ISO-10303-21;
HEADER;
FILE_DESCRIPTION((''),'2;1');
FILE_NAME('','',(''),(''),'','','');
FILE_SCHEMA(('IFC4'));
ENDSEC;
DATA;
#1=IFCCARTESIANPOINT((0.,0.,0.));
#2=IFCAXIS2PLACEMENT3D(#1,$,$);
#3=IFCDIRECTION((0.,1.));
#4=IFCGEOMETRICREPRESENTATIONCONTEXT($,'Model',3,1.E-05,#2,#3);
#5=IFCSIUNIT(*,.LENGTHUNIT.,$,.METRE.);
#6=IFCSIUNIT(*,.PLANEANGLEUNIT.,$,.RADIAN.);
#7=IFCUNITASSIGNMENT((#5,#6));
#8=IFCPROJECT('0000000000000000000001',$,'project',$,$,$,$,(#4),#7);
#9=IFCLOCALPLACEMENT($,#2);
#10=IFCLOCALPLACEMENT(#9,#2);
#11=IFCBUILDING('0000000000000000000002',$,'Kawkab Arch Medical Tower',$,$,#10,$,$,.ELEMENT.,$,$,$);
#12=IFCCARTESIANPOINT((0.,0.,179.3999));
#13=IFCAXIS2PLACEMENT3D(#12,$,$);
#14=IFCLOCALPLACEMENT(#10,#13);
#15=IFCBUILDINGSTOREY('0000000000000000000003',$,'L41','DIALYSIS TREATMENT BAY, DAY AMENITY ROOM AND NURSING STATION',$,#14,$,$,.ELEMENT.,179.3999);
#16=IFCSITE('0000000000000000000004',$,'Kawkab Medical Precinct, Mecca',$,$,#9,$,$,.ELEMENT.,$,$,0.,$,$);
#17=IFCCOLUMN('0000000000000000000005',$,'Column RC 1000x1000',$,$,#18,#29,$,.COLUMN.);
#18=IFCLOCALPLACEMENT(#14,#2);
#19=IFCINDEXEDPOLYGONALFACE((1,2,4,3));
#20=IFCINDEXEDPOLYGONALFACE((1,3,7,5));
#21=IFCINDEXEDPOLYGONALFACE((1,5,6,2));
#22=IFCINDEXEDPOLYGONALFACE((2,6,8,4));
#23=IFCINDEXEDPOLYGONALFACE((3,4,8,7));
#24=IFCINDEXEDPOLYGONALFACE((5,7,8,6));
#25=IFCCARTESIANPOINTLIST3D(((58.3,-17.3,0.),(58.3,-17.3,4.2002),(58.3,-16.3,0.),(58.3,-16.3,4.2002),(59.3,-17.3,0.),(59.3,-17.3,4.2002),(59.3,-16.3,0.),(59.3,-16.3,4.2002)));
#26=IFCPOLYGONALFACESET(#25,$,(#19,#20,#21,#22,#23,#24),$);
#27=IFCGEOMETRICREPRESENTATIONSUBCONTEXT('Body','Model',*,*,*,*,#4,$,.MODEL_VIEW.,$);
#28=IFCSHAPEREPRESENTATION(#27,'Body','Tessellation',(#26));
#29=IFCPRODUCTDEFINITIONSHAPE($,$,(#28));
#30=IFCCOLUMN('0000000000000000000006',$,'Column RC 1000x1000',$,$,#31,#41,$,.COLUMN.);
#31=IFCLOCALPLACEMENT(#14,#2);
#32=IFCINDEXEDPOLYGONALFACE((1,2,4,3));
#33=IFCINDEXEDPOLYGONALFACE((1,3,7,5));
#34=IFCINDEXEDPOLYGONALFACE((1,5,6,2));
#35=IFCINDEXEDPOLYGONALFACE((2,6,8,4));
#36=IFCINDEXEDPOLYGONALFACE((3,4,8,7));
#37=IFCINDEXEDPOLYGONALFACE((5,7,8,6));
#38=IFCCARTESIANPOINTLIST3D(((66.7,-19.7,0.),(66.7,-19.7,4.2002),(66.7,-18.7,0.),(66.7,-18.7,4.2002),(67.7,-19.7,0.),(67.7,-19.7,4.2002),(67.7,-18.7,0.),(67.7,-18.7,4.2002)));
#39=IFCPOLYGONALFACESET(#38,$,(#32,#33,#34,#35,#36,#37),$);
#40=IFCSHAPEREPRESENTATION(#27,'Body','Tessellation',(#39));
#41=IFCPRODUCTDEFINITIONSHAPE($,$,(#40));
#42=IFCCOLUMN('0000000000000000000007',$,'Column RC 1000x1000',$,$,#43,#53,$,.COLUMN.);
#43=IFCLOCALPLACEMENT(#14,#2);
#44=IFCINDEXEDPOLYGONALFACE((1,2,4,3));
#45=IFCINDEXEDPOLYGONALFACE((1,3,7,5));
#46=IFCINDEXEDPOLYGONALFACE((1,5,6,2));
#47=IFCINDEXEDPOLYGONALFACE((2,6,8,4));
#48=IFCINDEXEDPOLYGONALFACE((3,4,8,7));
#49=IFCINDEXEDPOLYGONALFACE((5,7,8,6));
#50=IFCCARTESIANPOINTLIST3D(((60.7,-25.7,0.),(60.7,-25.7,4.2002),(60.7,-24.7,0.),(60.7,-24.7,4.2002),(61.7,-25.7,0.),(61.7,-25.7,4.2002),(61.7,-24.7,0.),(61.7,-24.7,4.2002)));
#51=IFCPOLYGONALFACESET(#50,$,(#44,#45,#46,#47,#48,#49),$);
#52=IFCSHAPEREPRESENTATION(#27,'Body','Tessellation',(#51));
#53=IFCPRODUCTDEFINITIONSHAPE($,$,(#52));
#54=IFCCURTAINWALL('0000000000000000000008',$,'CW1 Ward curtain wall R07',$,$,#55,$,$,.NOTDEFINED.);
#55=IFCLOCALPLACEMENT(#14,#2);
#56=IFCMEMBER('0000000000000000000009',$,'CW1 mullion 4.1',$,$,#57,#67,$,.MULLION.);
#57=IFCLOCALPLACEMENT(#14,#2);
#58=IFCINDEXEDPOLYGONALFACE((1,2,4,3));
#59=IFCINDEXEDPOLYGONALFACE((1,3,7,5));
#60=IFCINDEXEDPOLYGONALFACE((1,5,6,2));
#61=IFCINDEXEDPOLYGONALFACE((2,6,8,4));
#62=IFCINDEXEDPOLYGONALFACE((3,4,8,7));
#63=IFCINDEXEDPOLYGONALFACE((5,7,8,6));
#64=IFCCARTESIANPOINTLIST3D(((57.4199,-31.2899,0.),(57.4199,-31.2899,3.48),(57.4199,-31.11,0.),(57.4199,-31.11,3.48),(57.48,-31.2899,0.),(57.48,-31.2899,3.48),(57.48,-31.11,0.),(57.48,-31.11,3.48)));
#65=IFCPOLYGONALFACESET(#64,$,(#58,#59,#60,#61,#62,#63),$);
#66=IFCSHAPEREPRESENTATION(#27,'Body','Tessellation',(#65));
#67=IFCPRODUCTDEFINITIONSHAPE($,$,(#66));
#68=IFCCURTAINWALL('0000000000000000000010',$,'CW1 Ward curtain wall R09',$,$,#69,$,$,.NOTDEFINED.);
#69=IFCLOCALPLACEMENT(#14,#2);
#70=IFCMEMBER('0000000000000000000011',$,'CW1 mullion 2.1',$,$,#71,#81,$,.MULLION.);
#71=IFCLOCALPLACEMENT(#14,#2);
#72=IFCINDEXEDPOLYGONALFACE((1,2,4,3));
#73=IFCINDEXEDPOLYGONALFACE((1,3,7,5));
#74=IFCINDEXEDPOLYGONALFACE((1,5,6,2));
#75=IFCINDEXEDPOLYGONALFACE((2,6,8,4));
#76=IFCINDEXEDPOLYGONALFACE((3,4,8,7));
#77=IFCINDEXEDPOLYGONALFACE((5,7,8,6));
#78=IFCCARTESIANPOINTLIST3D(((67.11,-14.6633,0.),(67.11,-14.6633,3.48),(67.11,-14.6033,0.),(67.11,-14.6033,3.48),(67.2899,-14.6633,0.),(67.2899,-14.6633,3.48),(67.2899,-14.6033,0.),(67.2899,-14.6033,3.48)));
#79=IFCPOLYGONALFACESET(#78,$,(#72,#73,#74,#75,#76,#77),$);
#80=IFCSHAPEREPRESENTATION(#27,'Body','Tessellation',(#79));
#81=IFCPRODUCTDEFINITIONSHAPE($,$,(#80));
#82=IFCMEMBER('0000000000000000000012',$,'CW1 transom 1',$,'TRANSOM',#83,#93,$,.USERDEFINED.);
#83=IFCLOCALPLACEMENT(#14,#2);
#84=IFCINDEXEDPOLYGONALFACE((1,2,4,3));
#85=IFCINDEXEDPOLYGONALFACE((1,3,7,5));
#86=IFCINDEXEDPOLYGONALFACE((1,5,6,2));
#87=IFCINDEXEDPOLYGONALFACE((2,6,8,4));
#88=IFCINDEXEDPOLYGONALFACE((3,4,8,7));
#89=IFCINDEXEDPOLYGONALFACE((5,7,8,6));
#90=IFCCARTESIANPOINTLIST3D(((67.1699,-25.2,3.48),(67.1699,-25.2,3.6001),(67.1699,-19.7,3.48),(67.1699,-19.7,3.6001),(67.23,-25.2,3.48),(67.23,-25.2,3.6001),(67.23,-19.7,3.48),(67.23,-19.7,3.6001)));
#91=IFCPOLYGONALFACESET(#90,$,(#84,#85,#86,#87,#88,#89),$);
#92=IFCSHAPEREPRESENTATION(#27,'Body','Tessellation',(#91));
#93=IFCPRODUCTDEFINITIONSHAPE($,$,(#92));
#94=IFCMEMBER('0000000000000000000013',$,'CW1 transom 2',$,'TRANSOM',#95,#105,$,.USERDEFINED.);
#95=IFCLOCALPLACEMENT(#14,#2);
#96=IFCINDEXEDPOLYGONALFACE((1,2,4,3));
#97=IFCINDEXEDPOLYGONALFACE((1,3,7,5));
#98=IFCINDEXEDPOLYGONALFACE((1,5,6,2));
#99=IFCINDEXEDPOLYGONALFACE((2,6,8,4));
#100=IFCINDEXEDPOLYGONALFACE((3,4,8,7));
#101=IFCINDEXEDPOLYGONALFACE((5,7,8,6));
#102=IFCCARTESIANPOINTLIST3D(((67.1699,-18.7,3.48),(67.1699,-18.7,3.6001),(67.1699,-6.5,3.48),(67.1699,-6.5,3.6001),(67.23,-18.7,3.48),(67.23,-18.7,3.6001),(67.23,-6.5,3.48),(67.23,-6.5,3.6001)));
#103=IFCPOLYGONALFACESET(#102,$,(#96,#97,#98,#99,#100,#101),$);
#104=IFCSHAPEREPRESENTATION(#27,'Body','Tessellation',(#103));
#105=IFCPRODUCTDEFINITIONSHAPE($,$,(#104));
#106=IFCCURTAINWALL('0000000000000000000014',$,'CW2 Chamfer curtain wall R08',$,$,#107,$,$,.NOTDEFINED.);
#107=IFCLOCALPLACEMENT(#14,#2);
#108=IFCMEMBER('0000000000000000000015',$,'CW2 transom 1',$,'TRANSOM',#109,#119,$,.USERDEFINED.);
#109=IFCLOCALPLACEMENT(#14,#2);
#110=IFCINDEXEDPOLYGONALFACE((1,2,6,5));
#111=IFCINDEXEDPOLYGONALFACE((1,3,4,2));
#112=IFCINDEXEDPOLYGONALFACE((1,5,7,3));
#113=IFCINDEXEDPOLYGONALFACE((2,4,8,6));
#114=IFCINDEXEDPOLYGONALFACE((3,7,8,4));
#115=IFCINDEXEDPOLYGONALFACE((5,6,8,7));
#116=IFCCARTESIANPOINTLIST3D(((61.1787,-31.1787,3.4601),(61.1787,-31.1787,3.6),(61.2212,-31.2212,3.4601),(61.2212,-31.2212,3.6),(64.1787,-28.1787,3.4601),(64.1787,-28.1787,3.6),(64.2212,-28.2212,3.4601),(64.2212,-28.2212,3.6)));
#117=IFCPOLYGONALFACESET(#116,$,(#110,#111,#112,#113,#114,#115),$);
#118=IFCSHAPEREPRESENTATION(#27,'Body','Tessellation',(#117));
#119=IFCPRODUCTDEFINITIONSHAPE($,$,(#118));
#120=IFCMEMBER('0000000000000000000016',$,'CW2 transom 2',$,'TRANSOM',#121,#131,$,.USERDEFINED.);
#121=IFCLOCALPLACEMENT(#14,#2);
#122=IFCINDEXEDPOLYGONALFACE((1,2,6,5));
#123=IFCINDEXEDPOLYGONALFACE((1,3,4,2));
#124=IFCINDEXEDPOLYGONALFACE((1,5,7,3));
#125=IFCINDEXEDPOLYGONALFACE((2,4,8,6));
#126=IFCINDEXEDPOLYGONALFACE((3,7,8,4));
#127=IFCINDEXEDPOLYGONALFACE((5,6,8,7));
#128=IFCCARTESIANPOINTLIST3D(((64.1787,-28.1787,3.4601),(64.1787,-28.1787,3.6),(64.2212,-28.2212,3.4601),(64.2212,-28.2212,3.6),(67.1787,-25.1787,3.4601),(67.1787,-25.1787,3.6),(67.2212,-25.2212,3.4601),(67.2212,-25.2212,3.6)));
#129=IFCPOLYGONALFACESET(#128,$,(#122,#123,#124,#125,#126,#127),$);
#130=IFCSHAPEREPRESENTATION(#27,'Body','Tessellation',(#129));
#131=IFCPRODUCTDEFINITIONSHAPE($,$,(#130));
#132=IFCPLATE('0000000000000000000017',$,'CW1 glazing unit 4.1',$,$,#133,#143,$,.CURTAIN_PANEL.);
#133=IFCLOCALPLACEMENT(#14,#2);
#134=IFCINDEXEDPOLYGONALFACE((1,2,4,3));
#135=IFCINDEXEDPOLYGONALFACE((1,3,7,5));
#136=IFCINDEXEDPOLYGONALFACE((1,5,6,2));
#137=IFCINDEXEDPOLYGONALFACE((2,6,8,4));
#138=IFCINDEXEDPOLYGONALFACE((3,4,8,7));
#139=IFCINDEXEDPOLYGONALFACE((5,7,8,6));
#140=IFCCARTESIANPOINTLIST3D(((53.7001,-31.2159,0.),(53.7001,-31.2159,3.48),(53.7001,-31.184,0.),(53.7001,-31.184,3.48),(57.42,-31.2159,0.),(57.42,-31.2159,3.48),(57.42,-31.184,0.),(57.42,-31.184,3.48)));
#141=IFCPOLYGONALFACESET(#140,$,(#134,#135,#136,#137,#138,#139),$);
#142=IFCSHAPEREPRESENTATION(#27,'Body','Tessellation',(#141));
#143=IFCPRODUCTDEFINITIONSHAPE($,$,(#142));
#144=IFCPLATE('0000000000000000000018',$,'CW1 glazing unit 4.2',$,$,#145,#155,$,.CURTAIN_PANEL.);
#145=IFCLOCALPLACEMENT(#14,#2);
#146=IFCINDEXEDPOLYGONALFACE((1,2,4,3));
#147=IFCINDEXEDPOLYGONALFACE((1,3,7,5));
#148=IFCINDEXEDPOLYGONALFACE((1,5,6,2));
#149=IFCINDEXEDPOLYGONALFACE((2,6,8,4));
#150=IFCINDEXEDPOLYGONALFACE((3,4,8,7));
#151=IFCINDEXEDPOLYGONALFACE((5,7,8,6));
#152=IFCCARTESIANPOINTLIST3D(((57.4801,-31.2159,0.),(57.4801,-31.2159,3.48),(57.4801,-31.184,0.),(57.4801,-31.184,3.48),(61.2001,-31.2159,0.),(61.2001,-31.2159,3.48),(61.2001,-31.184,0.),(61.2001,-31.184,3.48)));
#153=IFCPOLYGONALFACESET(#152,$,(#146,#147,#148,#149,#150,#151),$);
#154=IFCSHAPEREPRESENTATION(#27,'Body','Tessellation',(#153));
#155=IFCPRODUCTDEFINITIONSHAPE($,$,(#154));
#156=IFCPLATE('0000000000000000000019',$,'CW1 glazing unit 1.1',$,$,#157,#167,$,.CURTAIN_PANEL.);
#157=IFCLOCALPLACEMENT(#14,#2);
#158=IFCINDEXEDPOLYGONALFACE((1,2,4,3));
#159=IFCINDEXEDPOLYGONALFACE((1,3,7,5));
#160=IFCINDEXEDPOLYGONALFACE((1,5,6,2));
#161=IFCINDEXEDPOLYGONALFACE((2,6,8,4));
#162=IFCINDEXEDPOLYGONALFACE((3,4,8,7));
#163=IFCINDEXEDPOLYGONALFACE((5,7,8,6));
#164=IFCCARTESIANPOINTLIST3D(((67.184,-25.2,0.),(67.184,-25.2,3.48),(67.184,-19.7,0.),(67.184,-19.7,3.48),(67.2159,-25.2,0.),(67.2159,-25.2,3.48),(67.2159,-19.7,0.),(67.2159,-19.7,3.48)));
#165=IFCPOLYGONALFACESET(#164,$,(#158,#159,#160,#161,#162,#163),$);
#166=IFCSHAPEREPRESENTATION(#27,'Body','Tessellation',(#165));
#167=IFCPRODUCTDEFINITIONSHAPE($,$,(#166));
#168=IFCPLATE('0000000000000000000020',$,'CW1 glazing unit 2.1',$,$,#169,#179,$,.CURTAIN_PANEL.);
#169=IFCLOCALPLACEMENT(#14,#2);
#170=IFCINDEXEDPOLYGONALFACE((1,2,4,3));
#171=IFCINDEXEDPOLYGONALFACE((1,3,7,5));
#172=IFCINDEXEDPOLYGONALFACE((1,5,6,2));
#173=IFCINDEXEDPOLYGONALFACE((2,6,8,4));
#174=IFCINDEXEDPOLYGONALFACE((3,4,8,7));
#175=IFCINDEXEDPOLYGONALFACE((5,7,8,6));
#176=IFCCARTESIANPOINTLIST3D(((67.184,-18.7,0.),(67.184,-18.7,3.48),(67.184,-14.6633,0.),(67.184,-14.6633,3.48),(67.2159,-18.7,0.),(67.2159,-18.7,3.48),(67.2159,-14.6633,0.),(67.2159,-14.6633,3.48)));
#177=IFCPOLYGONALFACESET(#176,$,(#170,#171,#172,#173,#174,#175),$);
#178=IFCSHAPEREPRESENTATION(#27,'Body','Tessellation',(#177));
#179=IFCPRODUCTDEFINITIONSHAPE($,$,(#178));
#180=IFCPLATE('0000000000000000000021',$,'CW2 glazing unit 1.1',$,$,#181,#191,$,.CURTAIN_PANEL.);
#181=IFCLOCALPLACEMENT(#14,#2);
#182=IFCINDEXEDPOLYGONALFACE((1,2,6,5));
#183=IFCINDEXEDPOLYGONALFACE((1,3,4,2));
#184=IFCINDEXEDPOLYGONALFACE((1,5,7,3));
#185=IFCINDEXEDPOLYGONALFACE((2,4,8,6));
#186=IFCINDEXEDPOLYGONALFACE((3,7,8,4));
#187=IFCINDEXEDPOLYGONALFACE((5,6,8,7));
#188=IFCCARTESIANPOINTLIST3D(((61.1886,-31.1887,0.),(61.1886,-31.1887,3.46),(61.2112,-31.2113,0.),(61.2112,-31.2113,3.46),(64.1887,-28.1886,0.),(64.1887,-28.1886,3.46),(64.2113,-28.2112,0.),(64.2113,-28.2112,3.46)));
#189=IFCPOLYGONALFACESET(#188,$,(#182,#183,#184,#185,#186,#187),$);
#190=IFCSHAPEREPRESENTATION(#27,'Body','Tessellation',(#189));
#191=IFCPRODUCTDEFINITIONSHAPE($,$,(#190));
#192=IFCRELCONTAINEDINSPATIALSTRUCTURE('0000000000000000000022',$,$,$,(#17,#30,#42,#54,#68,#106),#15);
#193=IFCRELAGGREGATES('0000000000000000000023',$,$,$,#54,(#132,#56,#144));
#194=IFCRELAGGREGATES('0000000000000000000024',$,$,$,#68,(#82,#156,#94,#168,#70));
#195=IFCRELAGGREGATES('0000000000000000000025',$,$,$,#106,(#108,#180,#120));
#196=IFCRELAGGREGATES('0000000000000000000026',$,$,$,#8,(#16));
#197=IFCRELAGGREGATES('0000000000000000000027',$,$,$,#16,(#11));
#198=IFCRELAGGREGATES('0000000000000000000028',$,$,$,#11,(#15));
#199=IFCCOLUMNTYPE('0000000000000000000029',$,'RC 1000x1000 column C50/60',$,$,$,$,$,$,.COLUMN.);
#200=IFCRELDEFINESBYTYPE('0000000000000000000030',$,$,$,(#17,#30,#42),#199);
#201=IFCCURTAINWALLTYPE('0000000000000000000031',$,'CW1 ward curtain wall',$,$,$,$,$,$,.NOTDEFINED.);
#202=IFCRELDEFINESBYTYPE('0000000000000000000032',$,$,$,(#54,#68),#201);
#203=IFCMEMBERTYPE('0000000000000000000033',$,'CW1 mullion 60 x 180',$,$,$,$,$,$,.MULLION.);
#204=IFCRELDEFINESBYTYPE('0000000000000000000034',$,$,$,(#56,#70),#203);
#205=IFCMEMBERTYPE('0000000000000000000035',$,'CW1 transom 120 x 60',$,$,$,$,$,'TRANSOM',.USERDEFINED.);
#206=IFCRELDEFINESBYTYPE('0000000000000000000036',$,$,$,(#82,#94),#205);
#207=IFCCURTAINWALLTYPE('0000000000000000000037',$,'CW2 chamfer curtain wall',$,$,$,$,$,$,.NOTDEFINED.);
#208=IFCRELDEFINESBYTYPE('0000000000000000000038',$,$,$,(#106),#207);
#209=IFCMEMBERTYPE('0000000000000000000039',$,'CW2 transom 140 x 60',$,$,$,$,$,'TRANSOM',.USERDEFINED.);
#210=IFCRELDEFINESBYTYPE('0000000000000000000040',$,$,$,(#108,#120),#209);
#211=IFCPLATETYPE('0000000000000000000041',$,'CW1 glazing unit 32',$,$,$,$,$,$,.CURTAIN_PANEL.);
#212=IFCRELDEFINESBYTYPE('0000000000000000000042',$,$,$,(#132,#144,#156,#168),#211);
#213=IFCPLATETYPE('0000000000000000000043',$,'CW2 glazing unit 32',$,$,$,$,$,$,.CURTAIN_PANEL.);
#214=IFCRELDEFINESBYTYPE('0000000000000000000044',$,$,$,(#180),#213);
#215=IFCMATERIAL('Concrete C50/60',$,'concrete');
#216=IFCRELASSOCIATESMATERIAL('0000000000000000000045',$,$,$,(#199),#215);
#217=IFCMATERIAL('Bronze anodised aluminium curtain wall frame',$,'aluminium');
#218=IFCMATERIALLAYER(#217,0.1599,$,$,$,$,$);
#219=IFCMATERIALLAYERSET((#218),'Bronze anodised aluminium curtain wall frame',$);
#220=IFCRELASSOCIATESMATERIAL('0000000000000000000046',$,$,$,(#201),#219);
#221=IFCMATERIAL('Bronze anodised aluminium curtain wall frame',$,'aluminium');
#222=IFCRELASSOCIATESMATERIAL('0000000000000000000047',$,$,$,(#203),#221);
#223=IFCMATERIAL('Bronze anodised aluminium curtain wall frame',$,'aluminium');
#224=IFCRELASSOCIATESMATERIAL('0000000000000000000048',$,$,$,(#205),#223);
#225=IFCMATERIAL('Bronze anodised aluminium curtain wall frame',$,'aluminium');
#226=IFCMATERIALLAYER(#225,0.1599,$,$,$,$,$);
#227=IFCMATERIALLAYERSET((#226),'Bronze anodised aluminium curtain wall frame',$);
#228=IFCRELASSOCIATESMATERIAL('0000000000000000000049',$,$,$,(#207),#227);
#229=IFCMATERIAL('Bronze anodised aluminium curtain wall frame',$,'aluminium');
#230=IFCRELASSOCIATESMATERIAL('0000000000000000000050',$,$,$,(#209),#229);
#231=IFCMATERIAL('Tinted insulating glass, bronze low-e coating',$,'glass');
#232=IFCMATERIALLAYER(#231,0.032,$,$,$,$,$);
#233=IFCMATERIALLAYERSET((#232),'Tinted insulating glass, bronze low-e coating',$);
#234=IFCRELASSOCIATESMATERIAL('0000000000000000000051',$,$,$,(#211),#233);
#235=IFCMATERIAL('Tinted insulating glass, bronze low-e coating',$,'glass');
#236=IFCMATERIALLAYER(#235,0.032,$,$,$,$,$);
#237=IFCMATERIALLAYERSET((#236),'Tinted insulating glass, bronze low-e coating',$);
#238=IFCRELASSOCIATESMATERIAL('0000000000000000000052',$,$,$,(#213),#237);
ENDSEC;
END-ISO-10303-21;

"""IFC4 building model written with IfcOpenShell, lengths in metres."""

from ifc_helpers import new_model, si_unit, direction, frame, origin, origin_2d, place, context, subcontext, project, spatial, rectangle, extrude, material, layer, layer_set, material_profile, profile_set, type_object, element, aggregate, save


model = new_model("IFC4")

# Units and contexts
model_context = context("Model", 3, precision=1e-05, world=origin(), true_north=direction((0.0, 1.0)))
body_context = subcontext(model_context, "Body", "Model", "MODEL_VIEW")
ifc_project = project(units=[si_unit("LENGTHUNIT", "METRE"), si_unit("PLANEANGLEUNIT", "RADIAN")], contexts=[model_context])

# Site, building, storey
site_placement = place(None, origin())
site = spatial("IfcSite", under=ifc_project, at=site_placement, Name="Kawkab Medical Precinct, Mecca", CompositionType="ELEMENT", RefElevation=0.0)
building_placement = place(site_placement, origin())
building = spatial("IfcBuilding", under=site, at=building_placement, Name="Kawkab Arch Medical Tower", CompositionType="ELEMENT")
storey_placement = place(building_placement, frame((0.0, 0.0, 179.3999)))
storey = spatial("IfcBuildingStorey", under=building, at=storey_placement, Name="L41", Description="DIALYSIS TREATMENT BAY, DAY AMENITY ROOM AND NURSING STATION", CompositionType="ELEMENT", Elevation=179.3999)

# Columns
ifc_material_1 = material(Name="Concrete C50/60", Category="concrete")
ifc_material_profile_1 = material_profile(ifc_material_1, rectangle(XDim=1.0, YDim=1.0, at=origin_2d()), Name="RC 1000x1000")
ifc_profile_set_1 = profile_set([ifc_material_profile_1], Name="Concrete C50/60")
column_type = type_object("IfcColumnType", Name="RC 1000x1000 column C50/60", PredefinedType="COLUMN", material=ifc_profile_set_1)
for number, where, z_axis, x_axis, name in (
    (1, (58.8, -16.8, 0.0), (0.0, 0.0, 1.0), (1.0, 0.0, 0.0), "Column RC 1000x1000"),
    (2, (67.2, -19.2, 0.0), (0.0, 0.0, 1.0), (1.0, 0.0, 0.0), "Column RC 1000x1000"),
    (3, (61.2, -25.2, 0.0), (0.0, 0.0, 1.0), (1.0, 0.0, 0.0), "Column RC 1000x1000"),
):
    element("IfcColumn", number, at=place(storey_placement, frame(where, z_axis=z_axis, x_axis=x_axis)), inside=storey, type_object=column_type, Name=name, PredefinedType="COLUMN", context=body_context, shape_type="SweptSolid", body=[
        extrude(rectangle(XDim=1.0, YDim=1.0, at=origin_2d()), origin(), (0.0, 0.0, 1.0), 4.2002),
    ])

# Curtain wall, member
ifc_material_2 = material(Name="Bronze anodised aluminium curtain wall frame", Category="aluminium")
ifc_layer_1 = layer(ifc_material_2, 0.1599)
ifc_layer_set_1 = layer_set([ifc_layer_1], Name="Bronze anodised aluminium curtain wall frame")
curtain_wall_type_1 = type_object("IfcCurtainWallType", Name="CW1 ward curtain wall", PredefinedType="NOTDEFINED", material=ifc_layer_set_1)
placement = place(storey_placement, origin())
curtain_wall_1 = element("IfcCurtainWall", 4, at=placement, inside=storey, type_object=curtain_wall_type_1, Name="CW1 Ward curtain wall R07", PredefinedType="NOTDEFINED")
ifc_material_3 = material(Name="Bronze anodised aluminium curtain wall frame", Category="aluminium")
ifc_material_profile_2 = material_profile(ifc_material_3, rectangle(XDim=0.1799, YDim=0.0601, at=origin_2d()), Name="AL 60x180")
ifc_profile_set_2 = profile_set([ifc_material_profile_2], Name="Bronze anodised aluminium curtain wall frame")
member_type_1 = type_object("IfcMemberType", Name="CW1 mullion 60 x 180", PredefinedType="MULLION", material=ifc_profile_set_2)
member_1_placement = place(storey_placement, frame((57.45, -31.2, 0.0), z_axis=(0.0, 0.0, 1.0), x_axis=(0.0, 1.0, 0.0)))
member_1 = element("IfcMember", 5, at=member_1_placement, type_object=member_type_1, Name="CW1 mullion 4.1", PredefinedType="MULLION", context=body_context, shape_type="SweptSolid", body=[
    extrude(rectangle(XDim=0.1799, YDim=0.0601, at=origin_2d()), origin(), (0.0, 0.0, 1.0), 3.48),
])

# Curtain walls, members
curtain_wall_2 = element("IfcCurtainWall", 6, at=placement, inside=storey, type_object=curtain_wall_type_1, Name="CW1 Ward curtain wall R09", PredefinedType="NOTDEFINED")
member_2_placement = place(storey_placement, frame((67.2, -14.6333, 0.0), z_axis=(0.0, 0.0, 1.0), x_axis=(-1.0, 0.0, 0.0)))
member_2 = element("IfcMember", 7, at=member_2_placement, type_object=member_type_1, Name="CW1 mullion 2.1", PredefinedType="MULLION", context=body_context, shape_type="SweptSolid", body=[
    extrude(rectangle(XDim=0.1799, YDim=0.0601, at=origin_2d()), origin(), (0.0, 0.0, 1.0), 3.48),
])
ifc_material_4 = material(Name="Bronze anodised aluminium curtain wall frame", Category="aluminium")
ifc_material_profile_3 = material_profile(ifc_material_4, rectangle(XDim=0.0601, YDim=0.1201, at=origin_2d()), Name="AL 60x120")
ifc_profile_set_3 = profile_set([ifc_material_profile_3], Name="Bronze anodised aluminium curtain wall frame")
member_type_2 = type_object("IfcMemberType", Name="CW1 transom 120 x 60", ElementType="TRANSOM", PredefinedType="USERDEFINED", material=ifc_profile_set_3)
member_3_placement = place(storey_placement, frame((67.2, -25.2, 3.54), z_axis=(0.0, 1.0, 0.0), x_axis=(-1.0, 0.0, 0.0)))
member_3 = element("IfcMember", 8, at=member_3_placement, type_object=member_type_2, Name="CW1 transom 1", ObjectType="TRANSOM", PredefinedType="USERDEFINED", context=body_context, shape_type="SweptSolid", body=[
    extrude(rectangle(XDim=0.0601, YDim=0.1201, at=origin_2d()), origin(), (0.0, 0.0, 1.0), 5.5),
])
member_4_placement = place(storey_placement, frame((67.2, -18.7, 3.54), z_axis=(0.0, 1.0, 0.0), x_axis=(-1.0, 0.0, 0.0)))
member_4 = element("IfcMember", 9, at=member_4_placement, type_object=member_type_2, Name="CW1 transom 2", ObjectType="TRANSOM", PredefinedType="USERDEFINED", context=body_context, shape_type="SweptSolid", body=[
    extrude(rectangle(XDim=0.0601, YDim=0.1201, at=origin_2d()), origin(), (0.0, 0.0, 1.0), 12.2),
])
ifc_material_5 = material(Name="Bronze anodised aluminium curtain wall frame", Category="aluminium")
ifc_layer_2 = layer(ifc_material_5, 0.1599)
ifc_layer_set_2 = layer_set([ifc_layer_2], Name="Bronze anodised aluminium curtain wall frame")
curtain_wall_type_2 = type_object("IfcCurtainWallType", Name="CW2 chamfer curtain wall", PredefinedType="NOTDEFINED", material=ifc_layer_set_2)
curtain_wall_3 = element("IfcCurtainWall", 10, at=placement, inside=storey, type_object=curtain_wall_type_2, Name="CW2 Chamfer curtain wall R08", PredefinedType="NOTDEFINED")
ifc_material_6 = material(Name="Bronze anodised aluminium curtain wall frame", Category="aluminium")
ifc_material_profile_4 = material_profile(ifc_material_6, rectangle(XDim=0.0601, YDim=0.1399, at=origin_2d()), Name="AL 60x140")
ifc_profile_set_4 = profile_set([ifc_material_profile_4], Name="Bronze anodised aluminium curtain wall frame")
member_type_3 = type_object("IfcMemberType", Name="CW2 transom 140 x 60", ElementType="TRANSOM", PredefinedType="USERDEFINED", material=ifc_profile_set_4)
member_5_placement = place(storey_placement, frame((61.2, -31.2, 3.53), z_axis=(0.707107, 0.707107, 0.0), x_axis=(-0.707107, 0.707107, 0.0)))
member_5 = element("IfcMember", 11, at=member_5_placement, type_object=member_type_3, Name="CW2 transom 1", ObjectType="TRANSOM", PredefinedType="USERDEFINED", context=body_context, shape_type="SweptSolid", body=[
    extrude(rectangle(XDim=0.0601, YDim=0.1399, at=origin_2d()), origin(), (0.0, 0.0, 1.0), 4.2427),
])
member_6_placement = place(storey_placement, frame((64.2, -28.2, 3.53), z_axis=(0.707107, 0.707107, 0.0), x_axis=(-0.707107, 0.707107, 0.0)))
member_6 = element("IfcMember", 12, at=member_6_placement, type_object=member_type_3, Name="CW2 transom 2", ObjectType="TRANSOM", PredefinedType="USERDEFINED", context=body_context, shape_type="SweptSolid", body=[
    extrude(rectangle(XDim=0.0601, YDim=0.1399, at=origin_2d()), origin(), (0.0, 0.0, 1.0), 4.2427),
])

# Plates
ifc_material_7 = material(Name="Tinted insulating glass, bronze low-e coating", Category="glass")
ifc_layer_3 = layer(ifc_material_7, 0.032)
ifc_layer_set_3 = layer_set([ifc_layer_3], Name="Tinted insulating glass, bronze low-e coating")
plate_type_1 = type_object("IfcPlateType", Name="CW1 glazing unit 32", PredefinedType="CURTAIN_PANEL", material=ifc_layer_set_3)
plate_1_placement = place(storey_placement, frame((55.5601, -31.2, 0.0), z_axis=(0.0, 0.0, 1.0), x_axis=(1.0, 0.0, 0.0)))
plate_1 = element("IfcPlate", 13, at=plate_1_placement, type_object=plate_type_1, Name="CW1 glazing unit 4.1", PredefinedType="CURTAIN_PANEL", context=body_context, shape_type="SweptSolid", body=[
    extrude(rectangle(XDim=3.72, YDim=0.032, at=origin_2d()), origin(), (0.0, 0.0, 1.0), 3.48),
])
plate_2_placement = place(storey_placement, frame((59.3401, -31.2, 0.0), z_axis=(0.0, 0.0, 1.0), x_axis=(1.0, 0.0, 0.0)))
plate_2 = element("IfcPlate", 14, at=plate_2_placement, type_object=plate_type_1, Name="CW1 glazing unit 4.2", PredefinedType="CURTAIN_PANEL", context=body_context, shape_type="SweptSolid", body=[
    extrude(rectangle(XDim=3.72, YDim=0.032, at=origin_2d()), origin(), (0.0, 0.0, 1.0), 3.48),
])
aggregate(curtain_wall_1, [plate_1, member_1, plate_2])
plate_3_placement = place(storey_placement, frame((67.2, -22.45, 0.0), z_axis=(0.0, 0.0, 1.0), x_axis=(0.0, 1.0, 0.0)))
plate_3 = element("IfcPlate", 15, at=plate_3_placement, type_object=plate_type_1, Name="CW1 glazing unit 1.1", PredefinedType="CURTAIN_PANEL", context=body_context, shape_type="SweptSolid", body=[
    extrude(rectangle(XDim=5.5, YDim=0.032, at=origin_2d()), origin(), (0.0, 0.0, 1.0), 3.48),
])
plate_4_placement = place(storey_placement, frame((67.2, -16.6816, 0.0), z_axis=(0.0, 0.0, 1.0), x_axis=(0.0, 1.0, 0.0)))
plate_4 = element("IfcPlate", 16, at=plate_4_placement, type_object=plate_type_1, Name="CW1 glazing unit 2.1", PredefinedType="CURTAIN_PANEL", context=body_context, shape_type="SweptSolid", body=[
    extrude(rectangle(XDim=4.0366, YDim=0.032, at=origin_2d()), origin(), (0.0, 0.0, 1.0), 3.48),
])
aggregate(curtain_wall_2, [member_3, plate_3, member_4, plate_4, member_2])
ifc_material_8 = material(Name="Tinted insulating glass, bronze low-e coating", Category="glass")
ifc_layer_4 = layer(ifc_material_8, 0.032)
ifc_layer_set_4 = layer_set([ifc_layer_4], Name="Tinted insulating glass, bronze low-e coating")
plate_type_2 = type_object("IfcPlateType", Name="CW2 glazing unit 32", PredefinedType="CURTAIN_PANEL", material=ifc_layer_set_4)
plate_5_placement = place(storey_placement, frame((62.7, -29.7, 0.0), z_axis=(0.0, 0.0, 1.0), x_axis=(0.707107, 0.707107, 0.0)))
plate_5 = element("IfcPlate", 17, at=plate_5_placement, type_object=plate_type_2, Name="CW2 glazing unit 1.1", PredefinedType="CURTAIN_PANEL", context=body_context, shape_type="SweptSolid", body=[
    extrude(rectangle(XDim=4.2427, YDim=0.032, at=origin_2d()), origin(), (0.0, 0.0, 1.0), 3.46),
])
aggregate(curtain_wall_3, [member_5, plate_5, member_6])

save(model, "model.ifc")
